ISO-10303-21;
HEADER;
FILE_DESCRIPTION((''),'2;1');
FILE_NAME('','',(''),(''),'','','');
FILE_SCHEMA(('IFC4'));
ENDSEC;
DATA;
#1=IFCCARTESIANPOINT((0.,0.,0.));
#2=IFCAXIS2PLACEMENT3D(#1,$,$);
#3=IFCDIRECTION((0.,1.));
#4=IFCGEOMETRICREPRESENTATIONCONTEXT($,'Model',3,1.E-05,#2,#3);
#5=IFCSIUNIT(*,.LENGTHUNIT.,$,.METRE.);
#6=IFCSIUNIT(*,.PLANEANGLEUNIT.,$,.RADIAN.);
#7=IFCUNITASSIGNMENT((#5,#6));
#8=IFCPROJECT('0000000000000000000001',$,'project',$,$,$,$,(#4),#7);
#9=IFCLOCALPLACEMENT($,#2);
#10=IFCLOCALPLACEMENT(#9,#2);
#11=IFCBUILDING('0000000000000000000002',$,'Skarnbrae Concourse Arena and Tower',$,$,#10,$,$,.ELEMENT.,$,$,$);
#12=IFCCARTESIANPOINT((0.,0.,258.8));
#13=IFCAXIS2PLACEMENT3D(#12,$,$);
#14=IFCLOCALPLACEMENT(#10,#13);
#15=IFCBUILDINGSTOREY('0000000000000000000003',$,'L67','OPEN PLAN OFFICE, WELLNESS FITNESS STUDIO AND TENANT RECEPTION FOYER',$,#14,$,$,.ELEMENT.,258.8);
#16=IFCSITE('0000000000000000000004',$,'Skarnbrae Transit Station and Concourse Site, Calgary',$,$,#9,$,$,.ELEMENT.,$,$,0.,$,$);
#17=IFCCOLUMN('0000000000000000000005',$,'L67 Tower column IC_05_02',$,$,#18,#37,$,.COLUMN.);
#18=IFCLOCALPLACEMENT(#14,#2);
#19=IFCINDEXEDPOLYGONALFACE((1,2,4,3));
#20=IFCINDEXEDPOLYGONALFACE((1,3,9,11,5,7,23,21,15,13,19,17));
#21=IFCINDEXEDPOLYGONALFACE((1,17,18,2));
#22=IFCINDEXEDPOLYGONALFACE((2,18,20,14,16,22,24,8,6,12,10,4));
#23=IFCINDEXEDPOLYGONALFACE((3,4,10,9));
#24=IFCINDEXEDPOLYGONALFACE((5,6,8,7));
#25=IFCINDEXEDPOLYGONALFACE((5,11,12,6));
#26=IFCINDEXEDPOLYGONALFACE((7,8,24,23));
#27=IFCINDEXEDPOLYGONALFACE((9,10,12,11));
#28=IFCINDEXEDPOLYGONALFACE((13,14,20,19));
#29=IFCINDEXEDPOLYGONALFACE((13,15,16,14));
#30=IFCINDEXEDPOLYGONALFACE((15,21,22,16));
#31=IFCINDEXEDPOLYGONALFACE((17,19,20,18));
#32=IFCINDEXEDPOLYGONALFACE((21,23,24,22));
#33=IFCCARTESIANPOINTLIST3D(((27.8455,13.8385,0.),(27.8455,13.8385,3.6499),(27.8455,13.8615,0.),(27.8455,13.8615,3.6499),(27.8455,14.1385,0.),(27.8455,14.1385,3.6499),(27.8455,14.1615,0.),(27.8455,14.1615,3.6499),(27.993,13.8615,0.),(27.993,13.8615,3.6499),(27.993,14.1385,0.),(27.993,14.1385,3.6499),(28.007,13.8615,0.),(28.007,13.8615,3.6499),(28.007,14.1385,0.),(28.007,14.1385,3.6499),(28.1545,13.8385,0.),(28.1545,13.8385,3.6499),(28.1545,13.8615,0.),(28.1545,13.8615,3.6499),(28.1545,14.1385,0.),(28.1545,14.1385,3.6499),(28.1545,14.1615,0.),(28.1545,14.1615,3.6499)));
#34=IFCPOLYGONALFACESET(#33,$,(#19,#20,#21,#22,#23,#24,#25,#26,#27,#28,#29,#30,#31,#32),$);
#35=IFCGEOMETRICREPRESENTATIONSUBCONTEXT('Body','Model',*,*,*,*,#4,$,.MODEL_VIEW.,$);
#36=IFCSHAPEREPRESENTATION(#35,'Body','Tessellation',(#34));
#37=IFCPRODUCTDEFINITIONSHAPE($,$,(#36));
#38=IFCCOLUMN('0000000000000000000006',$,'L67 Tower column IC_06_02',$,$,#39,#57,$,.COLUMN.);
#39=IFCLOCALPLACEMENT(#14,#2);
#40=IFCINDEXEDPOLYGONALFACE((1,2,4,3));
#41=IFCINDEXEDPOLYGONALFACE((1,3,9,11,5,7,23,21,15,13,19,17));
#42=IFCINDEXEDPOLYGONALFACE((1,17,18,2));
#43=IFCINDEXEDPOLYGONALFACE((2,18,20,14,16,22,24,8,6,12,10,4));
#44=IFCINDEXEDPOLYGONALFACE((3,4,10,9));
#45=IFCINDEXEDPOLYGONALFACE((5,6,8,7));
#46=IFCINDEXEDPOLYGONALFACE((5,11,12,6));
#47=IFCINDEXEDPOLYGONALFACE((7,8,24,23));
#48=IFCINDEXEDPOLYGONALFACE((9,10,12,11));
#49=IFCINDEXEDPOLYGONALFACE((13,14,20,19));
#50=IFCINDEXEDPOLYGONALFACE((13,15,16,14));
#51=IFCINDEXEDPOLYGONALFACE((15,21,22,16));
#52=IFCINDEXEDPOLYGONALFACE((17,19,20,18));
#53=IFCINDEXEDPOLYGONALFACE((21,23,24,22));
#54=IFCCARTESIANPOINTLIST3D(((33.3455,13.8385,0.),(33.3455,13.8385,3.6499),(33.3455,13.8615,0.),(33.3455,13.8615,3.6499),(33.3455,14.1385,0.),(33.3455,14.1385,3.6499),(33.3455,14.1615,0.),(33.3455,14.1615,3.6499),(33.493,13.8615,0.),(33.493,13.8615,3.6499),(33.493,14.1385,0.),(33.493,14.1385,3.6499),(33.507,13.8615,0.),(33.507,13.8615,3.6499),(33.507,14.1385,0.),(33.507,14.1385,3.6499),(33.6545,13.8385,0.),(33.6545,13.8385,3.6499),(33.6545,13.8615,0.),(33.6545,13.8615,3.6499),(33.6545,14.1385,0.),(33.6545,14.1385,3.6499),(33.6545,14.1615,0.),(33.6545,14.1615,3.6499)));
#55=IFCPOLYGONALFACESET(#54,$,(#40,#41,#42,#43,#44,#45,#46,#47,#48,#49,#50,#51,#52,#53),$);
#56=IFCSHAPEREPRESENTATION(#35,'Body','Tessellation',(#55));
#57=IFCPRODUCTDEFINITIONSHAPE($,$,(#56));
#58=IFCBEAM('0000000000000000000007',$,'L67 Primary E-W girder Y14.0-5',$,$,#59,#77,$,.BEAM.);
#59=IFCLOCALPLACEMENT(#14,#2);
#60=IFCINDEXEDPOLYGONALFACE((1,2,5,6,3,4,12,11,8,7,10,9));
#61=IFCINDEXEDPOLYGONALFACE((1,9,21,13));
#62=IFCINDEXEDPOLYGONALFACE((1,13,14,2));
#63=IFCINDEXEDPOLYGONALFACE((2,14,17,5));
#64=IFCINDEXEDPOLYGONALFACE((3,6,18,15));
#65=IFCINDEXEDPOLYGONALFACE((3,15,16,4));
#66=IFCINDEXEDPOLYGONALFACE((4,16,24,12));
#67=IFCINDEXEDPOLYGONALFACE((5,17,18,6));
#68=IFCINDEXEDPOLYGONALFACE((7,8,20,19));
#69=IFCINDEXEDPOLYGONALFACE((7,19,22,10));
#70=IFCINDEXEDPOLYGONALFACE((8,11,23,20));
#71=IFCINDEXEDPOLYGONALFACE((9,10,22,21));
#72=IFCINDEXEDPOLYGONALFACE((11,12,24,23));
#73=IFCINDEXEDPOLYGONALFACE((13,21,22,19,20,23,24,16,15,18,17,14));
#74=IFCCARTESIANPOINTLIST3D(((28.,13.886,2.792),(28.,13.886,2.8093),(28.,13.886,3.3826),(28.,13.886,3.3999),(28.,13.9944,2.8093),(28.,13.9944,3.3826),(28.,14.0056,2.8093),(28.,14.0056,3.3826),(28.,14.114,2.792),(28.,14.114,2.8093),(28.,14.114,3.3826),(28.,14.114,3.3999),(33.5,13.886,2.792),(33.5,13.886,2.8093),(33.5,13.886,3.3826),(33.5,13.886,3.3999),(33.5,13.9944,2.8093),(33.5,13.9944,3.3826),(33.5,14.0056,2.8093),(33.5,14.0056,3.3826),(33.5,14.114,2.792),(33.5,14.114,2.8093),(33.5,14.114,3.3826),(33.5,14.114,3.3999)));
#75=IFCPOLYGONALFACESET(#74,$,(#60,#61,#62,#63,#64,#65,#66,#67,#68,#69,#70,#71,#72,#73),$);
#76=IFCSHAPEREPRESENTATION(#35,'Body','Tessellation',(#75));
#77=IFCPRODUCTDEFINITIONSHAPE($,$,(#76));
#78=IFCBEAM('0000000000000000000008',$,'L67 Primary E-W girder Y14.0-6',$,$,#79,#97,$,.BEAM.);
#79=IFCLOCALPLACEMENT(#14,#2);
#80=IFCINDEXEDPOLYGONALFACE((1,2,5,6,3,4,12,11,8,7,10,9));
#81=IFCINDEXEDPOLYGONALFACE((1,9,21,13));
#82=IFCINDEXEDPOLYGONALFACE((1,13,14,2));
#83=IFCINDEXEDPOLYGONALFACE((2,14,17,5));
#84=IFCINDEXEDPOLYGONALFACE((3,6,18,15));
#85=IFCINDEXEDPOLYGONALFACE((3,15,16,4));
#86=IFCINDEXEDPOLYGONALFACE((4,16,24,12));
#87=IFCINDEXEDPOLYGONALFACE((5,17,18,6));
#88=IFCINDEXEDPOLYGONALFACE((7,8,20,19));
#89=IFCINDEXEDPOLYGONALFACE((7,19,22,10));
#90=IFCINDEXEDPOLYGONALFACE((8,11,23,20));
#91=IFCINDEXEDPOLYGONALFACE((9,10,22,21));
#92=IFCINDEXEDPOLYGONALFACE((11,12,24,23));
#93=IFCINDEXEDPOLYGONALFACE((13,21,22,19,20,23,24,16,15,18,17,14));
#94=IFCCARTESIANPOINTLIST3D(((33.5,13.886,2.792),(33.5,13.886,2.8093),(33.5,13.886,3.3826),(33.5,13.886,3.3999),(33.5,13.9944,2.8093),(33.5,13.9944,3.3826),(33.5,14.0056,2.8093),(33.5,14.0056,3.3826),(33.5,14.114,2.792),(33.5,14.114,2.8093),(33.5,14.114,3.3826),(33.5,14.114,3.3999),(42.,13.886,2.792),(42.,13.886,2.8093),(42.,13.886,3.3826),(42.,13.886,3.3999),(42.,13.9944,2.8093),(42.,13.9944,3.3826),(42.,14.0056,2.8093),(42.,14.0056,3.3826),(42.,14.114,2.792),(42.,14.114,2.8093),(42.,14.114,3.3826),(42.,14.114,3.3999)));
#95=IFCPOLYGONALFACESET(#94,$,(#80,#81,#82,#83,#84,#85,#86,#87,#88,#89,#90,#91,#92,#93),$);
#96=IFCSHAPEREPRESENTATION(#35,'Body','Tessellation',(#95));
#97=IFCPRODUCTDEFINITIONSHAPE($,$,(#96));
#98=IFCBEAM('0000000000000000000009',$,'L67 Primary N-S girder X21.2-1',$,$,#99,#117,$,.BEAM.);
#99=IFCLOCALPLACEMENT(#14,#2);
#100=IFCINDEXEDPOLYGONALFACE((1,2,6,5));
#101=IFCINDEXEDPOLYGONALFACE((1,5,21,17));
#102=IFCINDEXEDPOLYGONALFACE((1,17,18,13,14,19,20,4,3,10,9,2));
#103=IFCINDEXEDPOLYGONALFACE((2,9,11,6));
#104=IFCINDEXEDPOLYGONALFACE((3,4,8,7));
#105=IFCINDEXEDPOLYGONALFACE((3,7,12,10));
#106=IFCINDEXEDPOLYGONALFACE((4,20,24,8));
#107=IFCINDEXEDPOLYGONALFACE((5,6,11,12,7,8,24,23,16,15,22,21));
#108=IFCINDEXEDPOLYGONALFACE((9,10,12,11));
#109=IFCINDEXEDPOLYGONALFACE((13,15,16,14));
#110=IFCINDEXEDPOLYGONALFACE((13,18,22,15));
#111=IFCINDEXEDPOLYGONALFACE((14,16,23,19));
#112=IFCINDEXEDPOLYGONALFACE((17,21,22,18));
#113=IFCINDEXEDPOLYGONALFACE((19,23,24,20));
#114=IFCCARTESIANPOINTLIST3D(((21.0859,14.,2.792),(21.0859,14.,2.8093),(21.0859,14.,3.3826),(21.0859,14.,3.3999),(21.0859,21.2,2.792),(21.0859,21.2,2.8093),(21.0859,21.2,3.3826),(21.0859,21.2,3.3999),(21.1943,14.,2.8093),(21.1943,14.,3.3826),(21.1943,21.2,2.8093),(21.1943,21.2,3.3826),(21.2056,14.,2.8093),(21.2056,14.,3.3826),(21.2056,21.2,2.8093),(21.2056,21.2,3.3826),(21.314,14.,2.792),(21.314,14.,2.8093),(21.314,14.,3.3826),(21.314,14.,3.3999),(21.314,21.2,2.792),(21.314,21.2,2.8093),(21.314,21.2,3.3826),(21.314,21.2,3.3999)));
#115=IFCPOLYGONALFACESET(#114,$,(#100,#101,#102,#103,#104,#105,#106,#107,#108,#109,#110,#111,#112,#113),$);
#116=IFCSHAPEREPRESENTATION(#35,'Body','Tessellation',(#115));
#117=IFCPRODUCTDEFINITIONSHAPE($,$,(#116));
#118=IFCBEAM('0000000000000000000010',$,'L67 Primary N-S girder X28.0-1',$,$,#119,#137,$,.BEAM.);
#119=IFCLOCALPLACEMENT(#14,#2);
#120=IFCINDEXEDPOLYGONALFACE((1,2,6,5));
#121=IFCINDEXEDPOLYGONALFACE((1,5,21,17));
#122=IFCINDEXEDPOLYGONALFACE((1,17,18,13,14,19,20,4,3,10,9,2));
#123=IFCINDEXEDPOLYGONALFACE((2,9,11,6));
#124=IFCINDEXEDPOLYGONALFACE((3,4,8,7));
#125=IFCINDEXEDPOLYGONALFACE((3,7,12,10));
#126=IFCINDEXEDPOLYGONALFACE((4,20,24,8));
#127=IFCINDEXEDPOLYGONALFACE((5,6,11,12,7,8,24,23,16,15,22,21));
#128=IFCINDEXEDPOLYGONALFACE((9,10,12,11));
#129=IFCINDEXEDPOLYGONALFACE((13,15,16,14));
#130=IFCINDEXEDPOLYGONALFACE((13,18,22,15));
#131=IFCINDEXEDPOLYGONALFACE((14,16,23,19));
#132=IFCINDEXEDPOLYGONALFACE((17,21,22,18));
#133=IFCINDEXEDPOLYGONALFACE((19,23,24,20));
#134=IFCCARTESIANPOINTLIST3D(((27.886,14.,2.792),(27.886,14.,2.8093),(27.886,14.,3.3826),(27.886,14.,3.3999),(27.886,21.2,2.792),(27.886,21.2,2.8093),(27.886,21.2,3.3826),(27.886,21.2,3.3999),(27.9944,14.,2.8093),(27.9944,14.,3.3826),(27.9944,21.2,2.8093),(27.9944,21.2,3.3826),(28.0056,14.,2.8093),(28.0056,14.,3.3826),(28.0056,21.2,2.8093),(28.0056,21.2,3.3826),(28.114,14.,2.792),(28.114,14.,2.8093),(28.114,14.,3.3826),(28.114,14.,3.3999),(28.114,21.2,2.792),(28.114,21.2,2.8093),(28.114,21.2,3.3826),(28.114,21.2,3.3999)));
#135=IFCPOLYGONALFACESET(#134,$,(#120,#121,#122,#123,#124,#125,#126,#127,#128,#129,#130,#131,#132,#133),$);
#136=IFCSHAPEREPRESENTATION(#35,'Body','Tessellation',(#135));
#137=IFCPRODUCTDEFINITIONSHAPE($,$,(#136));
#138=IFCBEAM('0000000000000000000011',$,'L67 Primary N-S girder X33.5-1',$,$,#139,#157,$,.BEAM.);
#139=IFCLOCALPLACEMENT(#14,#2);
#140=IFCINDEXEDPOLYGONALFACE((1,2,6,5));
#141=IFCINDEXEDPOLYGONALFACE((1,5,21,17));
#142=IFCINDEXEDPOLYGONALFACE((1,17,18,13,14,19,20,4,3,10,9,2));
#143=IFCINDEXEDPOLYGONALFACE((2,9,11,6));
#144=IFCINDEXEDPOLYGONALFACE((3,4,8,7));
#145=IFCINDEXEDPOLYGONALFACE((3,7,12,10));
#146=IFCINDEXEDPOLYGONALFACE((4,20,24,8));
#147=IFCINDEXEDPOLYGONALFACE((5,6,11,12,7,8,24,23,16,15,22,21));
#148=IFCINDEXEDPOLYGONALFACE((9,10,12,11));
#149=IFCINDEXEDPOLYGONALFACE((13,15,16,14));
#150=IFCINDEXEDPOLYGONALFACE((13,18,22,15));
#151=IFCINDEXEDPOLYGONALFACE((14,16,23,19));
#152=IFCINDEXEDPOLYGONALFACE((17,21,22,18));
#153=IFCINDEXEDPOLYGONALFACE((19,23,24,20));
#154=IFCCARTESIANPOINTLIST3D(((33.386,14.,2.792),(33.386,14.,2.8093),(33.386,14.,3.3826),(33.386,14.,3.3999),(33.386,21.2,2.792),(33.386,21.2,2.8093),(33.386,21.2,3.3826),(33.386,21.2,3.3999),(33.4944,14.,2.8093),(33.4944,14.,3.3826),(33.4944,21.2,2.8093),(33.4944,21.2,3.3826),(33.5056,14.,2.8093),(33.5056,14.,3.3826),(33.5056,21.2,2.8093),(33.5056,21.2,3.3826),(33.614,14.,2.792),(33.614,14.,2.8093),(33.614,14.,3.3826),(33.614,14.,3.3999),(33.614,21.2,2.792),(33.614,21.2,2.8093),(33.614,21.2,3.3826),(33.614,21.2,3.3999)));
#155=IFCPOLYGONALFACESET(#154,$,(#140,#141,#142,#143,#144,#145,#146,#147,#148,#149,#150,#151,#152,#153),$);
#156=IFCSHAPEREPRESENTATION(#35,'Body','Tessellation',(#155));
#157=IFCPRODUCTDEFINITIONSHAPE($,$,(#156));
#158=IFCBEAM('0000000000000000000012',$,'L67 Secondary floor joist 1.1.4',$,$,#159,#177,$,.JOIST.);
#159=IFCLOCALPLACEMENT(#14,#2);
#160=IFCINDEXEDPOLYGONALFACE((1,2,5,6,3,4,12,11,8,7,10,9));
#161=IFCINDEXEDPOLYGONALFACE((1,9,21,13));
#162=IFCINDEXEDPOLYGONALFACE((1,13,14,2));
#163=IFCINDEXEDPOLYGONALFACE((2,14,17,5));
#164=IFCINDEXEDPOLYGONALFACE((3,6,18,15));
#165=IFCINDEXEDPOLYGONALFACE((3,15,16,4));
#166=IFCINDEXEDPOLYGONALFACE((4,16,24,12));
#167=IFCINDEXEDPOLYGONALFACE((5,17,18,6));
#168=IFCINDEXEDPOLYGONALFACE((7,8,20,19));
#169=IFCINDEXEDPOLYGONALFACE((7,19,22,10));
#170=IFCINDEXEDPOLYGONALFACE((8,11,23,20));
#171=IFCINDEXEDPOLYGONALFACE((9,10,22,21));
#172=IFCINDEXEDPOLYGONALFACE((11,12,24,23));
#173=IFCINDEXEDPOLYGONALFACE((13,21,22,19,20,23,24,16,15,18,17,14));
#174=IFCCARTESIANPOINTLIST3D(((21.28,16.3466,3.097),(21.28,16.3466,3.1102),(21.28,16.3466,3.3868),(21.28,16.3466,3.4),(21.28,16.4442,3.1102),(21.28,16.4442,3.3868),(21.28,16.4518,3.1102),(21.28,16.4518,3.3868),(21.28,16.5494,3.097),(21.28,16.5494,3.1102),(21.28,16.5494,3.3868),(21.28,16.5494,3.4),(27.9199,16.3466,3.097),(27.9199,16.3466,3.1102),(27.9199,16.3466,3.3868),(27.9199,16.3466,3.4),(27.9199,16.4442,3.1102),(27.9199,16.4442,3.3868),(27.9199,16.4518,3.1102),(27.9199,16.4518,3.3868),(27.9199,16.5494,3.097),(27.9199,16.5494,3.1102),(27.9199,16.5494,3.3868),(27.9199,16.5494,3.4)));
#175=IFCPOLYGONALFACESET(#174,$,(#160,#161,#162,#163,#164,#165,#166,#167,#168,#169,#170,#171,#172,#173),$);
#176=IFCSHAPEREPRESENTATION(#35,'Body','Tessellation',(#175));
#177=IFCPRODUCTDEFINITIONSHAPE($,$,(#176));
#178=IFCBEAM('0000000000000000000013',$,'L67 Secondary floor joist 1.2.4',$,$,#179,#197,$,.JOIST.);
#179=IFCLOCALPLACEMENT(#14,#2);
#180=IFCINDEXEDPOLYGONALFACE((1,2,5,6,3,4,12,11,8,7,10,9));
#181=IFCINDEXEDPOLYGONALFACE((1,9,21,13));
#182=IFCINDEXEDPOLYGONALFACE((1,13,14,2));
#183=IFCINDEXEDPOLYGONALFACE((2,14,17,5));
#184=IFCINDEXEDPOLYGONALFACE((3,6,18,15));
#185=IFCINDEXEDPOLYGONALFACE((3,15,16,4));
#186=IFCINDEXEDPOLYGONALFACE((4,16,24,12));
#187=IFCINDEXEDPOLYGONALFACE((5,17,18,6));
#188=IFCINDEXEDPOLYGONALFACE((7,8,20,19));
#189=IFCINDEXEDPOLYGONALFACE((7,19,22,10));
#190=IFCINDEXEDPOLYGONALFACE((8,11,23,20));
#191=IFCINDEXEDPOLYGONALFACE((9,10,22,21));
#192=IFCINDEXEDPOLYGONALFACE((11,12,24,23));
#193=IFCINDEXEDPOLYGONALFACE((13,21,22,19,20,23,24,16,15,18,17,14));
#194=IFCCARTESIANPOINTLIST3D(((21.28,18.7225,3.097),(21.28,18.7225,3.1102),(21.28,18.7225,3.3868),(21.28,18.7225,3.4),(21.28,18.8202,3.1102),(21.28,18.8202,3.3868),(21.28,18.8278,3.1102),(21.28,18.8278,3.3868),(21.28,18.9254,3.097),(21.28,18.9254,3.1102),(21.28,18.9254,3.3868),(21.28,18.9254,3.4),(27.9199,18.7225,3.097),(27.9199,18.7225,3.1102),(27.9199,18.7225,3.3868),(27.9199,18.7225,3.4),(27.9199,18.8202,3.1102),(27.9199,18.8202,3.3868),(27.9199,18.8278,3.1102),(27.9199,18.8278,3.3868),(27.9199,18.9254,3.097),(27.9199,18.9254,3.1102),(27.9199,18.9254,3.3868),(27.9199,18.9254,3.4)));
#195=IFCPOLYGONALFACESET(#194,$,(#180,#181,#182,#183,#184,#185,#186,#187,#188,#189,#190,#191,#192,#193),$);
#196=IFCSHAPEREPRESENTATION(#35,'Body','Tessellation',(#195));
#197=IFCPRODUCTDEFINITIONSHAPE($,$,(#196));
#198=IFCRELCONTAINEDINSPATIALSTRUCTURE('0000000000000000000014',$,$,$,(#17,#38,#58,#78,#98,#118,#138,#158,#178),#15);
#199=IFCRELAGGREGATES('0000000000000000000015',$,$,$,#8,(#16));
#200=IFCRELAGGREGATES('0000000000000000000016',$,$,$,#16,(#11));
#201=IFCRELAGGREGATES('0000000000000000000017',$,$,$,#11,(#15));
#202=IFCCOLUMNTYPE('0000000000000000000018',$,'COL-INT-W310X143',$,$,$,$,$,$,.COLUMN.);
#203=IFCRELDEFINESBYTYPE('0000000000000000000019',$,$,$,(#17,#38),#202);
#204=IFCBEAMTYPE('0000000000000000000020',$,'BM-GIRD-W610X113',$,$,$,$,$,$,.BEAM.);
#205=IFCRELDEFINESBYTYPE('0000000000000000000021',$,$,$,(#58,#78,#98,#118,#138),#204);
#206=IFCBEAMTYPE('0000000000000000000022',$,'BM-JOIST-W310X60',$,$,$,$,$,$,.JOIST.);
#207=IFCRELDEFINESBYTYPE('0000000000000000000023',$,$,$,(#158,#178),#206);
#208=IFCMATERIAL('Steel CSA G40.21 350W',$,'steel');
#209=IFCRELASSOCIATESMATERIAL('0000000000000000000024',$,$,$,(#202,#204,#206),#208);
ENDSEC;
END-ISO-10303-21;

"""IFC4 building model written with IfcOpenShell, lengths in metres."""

from ifc_helpers import new_model, si_unit, direction, frame, origin, origin_2d, place, context, subcontext, project, spatial, i_section, extrude, source, transform, mapped, material, material_profile, profile_set, type_object, element, save


model = new_model("IFC4")

# Units and contexts
model_context = context("Model", 3, precision=1e-05, world=origin(), true_north=direction((0.0, 1.0)))
body_context = subcontext(model_context, "Body", "Model", "MODEL_VIEW")
ifc_project = project(units=[si_unit("LENGTHUNIT", "METRE"), si_unit("PLANEANGLEUNIT", "RADIAN")], contexts=[model_context])

# Site, building, storey
site_placement = place(None, origin())
site = spatial("IfcSite", under=ifc_project, at=site_placement, Name="Skarnbrae Transit Station and Concourse Site, Calgary", CompositionType="ELEMENT", RefElevation=0.0)
building_placement = place(site_placement, origin())
building = spatial("IfcBuilding", under=site, at=building_placement, Name="Skarnbrae Concourse Arena and Tower", CompositionType="ELEMENT")
storey_placement = place(building_placement, frame((0.0, 0.0, 258.8)))
storey = spatial("IfcBuildingStorey", under=building, at=storey_placement, Name="L67", Description="OPEN PLAN OFFICE, WELLNESS FITNESS STUDIO AND TENANT RECEPTION FOYER", CompositionType="ELEMENT", Elevation=258.8)

# Columns
ifc_material_1 = material(Name="Steel CSA G40.21 350W", Category="steel")
ifc_material_profile_1 = material_profile(ifc_material_1, i_section(OverallWidth=0.3091, OverallDepth=0.323, WebThickness=0.0139, FlangeThickness=0.0229, at=origin_2d()), Name="W310X143")
ifc_profile_set_1 = profile_set([ifc_material_profile_1], Name="Steel CSA G40.21 350W")
column_type = type_object("IfcColumnType", Name="COL-INT-W310X143", PredefinedType="COLUMN", material=ifc_profile_set_1)
shared_shape_1 = source(origin(), body_context, "Body", "SweptSolid", [
    extrude(i_section(OverallWidth=0.3091, OverallDepth=0.323, WebThickness=0.0139, FlangeThickness=0.0229, at=origin_2d()), origin(), (0.0, 0.0, 1.0), 3.6499),
])
for number, where, z_axis, x_axis, name in (
    (1, (28.0, 14.0, 0.0), (0.0, 0.0, 1.0), (1.0, 0.0, 0.0), "L67 Tower column IC_05_02"),
    (2, (33.5, 14.0, 0.0), (0.0, 0.0, 1.0), (1.0, 0.0, 0.0), "L67 Tower column IC_06_02"),
):
    element("IfcColumn", number, at=place(storey_placement, frame(where, z_axis=z_axis, x_axis=x_axis)), inside=storey, type_object=column_type, Name=name, PredefinedType="COLUMN", context=body_context, shape_type="MappedRepresentation", body=[
        mapped(shared_shape_1, transform((0.0, 0.0, 0.0))),
    ])

# Beams
ifc_material_profile_2 = material_profile(ifc_material_1, i_section(OverallWidth=0.228, OverallDepth=0.6079, WebThickness=0.0112, FlangeThickness=0.0173, at=origin_2d()), Name="W610X113")
ifc_profile_set_2 = profile_set([ifc_material_profile_2], Name="Steel CSA G40.21 350W")
beam_type_1 = type_object("IfcBeamType", Name="BM-GIRD-W610X113", PredefinedType="BEAM", material=ifc_profile_set_2)
shared_shape_2 = source(origin(), body_context, "Body", "SweptSolid", [
    extrude(i_section(OverallWidth=0.228, OverallDepth=0.6079, WebThickness=0.0112, FlangeThickness=0.0173, at=origin_2d()), origin(), (0.0, 0.0, 1.0), 5.5),
])
beam_1_placement = place(storey_placement, frame((28.0, 14.0, 3.0959), z_axis=(1.0, 0.0, 0.0), x_axis=(0.0, 1.0, 0.0)))
element("IfcBeam", 3, at=beam_1_placement, inside=storey, type_object=beam_type_1, Name="L67 Primary E-W girder Y14.0-5", PredefinedType="BEAM", context=body_context, shape_type="MappedRepresentation", body=[
    mapped(shared_shape_2, transform((0.0, 0.0, 0.0))),
])
shared_shape_3 = source(origin(), body_context, "Body", "SweptSolid", [
    extrude(i_section(OverallWidth=0.228, OverallDepth=0.6079, WebThickness=0.0112, FlangeThickness=0.0173, at=origin_2d()), origin(), (0.0, 0.0, 1.0), 8.5),
])
beam_2_placement = place(storey_placement, frame((33.5, 14.0, 3.0959), z_axis=(1.0, 0.0, 0.0), x_axis=(0.0, 1.0, 0.0)))
element("IfcBeam", 4, at=beam_2_placement, inside=storey, type_object=beam_type_1, Name="L67 Primary E-W girder Y14.0-6", PredefinedType="BEAM", context=body_context, shape_type="MappedRepresentation", body=[
    mapped(shared_shape_3, transform((0.0, 0.0, 0.0))),
])
shared_shape_4 = source(origin(), body_context, "Body", "SweptSolid", [
    extrude(i_section(OverallWidth=0.228, OverallDepth=0.6079, WebThickness=0.0112, FlangeThickness=0.0173, at=origin_2d()), origin(), (0.0, 0.0, 1.0), 7.2),
])
for number, where, z_axis, x_axis, name in (
    (5, (21.2, 14.0, 3.0959), (0.0, 1.0, 0.0), (-1.0, 0.0, 0.0), "L67 Primary N-S girder X21.2-1"),
    (6, (28.0, 14.0, 3.0959), (0.0, 1.0, 0.0), (-1.0, 0.0, 0.0), "L67 Primary N-S girder X28.0-1"),
    (7, (33.5, 14.0, 3.0959), (0.0, 1.0, 0.0), (-1.0, 0.0, 0.0), "L67 Primary N-S girder X33.5-1"),
):
    element("IfcBeam", number, at=place(storey_placement, frame(where, z_axis=z_axis, x_axis=x_axis)), inside=storey, type_object=beam_type_1, Name=name, PredefinedType="BEAM", context=body_context, shape_type="MappedRepresentation", body=[
        mapped(shared_shape_4, transform((0.0, 0.0, 0.0))),
    ])
ifc_material_profile_3 = material_profile(ifc_material_1, i_section(OverallWidth=0.2029, OverallDepth=0.303, WebThickness=0.0076, FlangeThickness=0.0132, at=origin_2d()), Name="W310X60")
ifc_profile_set_3 = profile_set([ifc_material_profile_3], Name="Steel CSA G40.21 350W")
beam_type_2 = type_object("IfcBeamType", Name="BM-JOIST-W310X60", PredefinedType="JOIST", material=ifc_profile_set_3)
shared_shape_5 = source(origin(), body_context, "Body", "SweptSolid", [
    extrude(i_section(OverallWidth=0.2029, OverallDepth=0.303, WebThickness=0.0076, FlangeThickness=0.0132, at=origin_2d()), origin(), (0.0, 0.0, 1.0), 6.6399),
])
for number, where, z_axis, x_axis, name in (
    (8, (21.28, 16.448, 3.2485), (1.0, 0.0, 0.0), (0.0, 1.0, 0.0), "L67 Secondary floor joist 1.1.4"),
    (9, (21.28, 18.824, 3.2485), (1.0, 0.0, 0.0), (0.0, 1.0, 0.0), "L67 Secondary floor joist 1.2.4"),
):
    element("IfcBeam", number, at=place(storey_placement, frame(where, z_axis=z_axis, x_axis=x_axis)), inside=storey, type_object=beam_type_2, Name=name, PredefinedType="JOIST", context=body_context, shape_type="MappedRepresentation", body=[
        mapped(shared_shape_5, transform((0.0, 0.0, 0.0))),
    ])

save(model, "model.ifc")
